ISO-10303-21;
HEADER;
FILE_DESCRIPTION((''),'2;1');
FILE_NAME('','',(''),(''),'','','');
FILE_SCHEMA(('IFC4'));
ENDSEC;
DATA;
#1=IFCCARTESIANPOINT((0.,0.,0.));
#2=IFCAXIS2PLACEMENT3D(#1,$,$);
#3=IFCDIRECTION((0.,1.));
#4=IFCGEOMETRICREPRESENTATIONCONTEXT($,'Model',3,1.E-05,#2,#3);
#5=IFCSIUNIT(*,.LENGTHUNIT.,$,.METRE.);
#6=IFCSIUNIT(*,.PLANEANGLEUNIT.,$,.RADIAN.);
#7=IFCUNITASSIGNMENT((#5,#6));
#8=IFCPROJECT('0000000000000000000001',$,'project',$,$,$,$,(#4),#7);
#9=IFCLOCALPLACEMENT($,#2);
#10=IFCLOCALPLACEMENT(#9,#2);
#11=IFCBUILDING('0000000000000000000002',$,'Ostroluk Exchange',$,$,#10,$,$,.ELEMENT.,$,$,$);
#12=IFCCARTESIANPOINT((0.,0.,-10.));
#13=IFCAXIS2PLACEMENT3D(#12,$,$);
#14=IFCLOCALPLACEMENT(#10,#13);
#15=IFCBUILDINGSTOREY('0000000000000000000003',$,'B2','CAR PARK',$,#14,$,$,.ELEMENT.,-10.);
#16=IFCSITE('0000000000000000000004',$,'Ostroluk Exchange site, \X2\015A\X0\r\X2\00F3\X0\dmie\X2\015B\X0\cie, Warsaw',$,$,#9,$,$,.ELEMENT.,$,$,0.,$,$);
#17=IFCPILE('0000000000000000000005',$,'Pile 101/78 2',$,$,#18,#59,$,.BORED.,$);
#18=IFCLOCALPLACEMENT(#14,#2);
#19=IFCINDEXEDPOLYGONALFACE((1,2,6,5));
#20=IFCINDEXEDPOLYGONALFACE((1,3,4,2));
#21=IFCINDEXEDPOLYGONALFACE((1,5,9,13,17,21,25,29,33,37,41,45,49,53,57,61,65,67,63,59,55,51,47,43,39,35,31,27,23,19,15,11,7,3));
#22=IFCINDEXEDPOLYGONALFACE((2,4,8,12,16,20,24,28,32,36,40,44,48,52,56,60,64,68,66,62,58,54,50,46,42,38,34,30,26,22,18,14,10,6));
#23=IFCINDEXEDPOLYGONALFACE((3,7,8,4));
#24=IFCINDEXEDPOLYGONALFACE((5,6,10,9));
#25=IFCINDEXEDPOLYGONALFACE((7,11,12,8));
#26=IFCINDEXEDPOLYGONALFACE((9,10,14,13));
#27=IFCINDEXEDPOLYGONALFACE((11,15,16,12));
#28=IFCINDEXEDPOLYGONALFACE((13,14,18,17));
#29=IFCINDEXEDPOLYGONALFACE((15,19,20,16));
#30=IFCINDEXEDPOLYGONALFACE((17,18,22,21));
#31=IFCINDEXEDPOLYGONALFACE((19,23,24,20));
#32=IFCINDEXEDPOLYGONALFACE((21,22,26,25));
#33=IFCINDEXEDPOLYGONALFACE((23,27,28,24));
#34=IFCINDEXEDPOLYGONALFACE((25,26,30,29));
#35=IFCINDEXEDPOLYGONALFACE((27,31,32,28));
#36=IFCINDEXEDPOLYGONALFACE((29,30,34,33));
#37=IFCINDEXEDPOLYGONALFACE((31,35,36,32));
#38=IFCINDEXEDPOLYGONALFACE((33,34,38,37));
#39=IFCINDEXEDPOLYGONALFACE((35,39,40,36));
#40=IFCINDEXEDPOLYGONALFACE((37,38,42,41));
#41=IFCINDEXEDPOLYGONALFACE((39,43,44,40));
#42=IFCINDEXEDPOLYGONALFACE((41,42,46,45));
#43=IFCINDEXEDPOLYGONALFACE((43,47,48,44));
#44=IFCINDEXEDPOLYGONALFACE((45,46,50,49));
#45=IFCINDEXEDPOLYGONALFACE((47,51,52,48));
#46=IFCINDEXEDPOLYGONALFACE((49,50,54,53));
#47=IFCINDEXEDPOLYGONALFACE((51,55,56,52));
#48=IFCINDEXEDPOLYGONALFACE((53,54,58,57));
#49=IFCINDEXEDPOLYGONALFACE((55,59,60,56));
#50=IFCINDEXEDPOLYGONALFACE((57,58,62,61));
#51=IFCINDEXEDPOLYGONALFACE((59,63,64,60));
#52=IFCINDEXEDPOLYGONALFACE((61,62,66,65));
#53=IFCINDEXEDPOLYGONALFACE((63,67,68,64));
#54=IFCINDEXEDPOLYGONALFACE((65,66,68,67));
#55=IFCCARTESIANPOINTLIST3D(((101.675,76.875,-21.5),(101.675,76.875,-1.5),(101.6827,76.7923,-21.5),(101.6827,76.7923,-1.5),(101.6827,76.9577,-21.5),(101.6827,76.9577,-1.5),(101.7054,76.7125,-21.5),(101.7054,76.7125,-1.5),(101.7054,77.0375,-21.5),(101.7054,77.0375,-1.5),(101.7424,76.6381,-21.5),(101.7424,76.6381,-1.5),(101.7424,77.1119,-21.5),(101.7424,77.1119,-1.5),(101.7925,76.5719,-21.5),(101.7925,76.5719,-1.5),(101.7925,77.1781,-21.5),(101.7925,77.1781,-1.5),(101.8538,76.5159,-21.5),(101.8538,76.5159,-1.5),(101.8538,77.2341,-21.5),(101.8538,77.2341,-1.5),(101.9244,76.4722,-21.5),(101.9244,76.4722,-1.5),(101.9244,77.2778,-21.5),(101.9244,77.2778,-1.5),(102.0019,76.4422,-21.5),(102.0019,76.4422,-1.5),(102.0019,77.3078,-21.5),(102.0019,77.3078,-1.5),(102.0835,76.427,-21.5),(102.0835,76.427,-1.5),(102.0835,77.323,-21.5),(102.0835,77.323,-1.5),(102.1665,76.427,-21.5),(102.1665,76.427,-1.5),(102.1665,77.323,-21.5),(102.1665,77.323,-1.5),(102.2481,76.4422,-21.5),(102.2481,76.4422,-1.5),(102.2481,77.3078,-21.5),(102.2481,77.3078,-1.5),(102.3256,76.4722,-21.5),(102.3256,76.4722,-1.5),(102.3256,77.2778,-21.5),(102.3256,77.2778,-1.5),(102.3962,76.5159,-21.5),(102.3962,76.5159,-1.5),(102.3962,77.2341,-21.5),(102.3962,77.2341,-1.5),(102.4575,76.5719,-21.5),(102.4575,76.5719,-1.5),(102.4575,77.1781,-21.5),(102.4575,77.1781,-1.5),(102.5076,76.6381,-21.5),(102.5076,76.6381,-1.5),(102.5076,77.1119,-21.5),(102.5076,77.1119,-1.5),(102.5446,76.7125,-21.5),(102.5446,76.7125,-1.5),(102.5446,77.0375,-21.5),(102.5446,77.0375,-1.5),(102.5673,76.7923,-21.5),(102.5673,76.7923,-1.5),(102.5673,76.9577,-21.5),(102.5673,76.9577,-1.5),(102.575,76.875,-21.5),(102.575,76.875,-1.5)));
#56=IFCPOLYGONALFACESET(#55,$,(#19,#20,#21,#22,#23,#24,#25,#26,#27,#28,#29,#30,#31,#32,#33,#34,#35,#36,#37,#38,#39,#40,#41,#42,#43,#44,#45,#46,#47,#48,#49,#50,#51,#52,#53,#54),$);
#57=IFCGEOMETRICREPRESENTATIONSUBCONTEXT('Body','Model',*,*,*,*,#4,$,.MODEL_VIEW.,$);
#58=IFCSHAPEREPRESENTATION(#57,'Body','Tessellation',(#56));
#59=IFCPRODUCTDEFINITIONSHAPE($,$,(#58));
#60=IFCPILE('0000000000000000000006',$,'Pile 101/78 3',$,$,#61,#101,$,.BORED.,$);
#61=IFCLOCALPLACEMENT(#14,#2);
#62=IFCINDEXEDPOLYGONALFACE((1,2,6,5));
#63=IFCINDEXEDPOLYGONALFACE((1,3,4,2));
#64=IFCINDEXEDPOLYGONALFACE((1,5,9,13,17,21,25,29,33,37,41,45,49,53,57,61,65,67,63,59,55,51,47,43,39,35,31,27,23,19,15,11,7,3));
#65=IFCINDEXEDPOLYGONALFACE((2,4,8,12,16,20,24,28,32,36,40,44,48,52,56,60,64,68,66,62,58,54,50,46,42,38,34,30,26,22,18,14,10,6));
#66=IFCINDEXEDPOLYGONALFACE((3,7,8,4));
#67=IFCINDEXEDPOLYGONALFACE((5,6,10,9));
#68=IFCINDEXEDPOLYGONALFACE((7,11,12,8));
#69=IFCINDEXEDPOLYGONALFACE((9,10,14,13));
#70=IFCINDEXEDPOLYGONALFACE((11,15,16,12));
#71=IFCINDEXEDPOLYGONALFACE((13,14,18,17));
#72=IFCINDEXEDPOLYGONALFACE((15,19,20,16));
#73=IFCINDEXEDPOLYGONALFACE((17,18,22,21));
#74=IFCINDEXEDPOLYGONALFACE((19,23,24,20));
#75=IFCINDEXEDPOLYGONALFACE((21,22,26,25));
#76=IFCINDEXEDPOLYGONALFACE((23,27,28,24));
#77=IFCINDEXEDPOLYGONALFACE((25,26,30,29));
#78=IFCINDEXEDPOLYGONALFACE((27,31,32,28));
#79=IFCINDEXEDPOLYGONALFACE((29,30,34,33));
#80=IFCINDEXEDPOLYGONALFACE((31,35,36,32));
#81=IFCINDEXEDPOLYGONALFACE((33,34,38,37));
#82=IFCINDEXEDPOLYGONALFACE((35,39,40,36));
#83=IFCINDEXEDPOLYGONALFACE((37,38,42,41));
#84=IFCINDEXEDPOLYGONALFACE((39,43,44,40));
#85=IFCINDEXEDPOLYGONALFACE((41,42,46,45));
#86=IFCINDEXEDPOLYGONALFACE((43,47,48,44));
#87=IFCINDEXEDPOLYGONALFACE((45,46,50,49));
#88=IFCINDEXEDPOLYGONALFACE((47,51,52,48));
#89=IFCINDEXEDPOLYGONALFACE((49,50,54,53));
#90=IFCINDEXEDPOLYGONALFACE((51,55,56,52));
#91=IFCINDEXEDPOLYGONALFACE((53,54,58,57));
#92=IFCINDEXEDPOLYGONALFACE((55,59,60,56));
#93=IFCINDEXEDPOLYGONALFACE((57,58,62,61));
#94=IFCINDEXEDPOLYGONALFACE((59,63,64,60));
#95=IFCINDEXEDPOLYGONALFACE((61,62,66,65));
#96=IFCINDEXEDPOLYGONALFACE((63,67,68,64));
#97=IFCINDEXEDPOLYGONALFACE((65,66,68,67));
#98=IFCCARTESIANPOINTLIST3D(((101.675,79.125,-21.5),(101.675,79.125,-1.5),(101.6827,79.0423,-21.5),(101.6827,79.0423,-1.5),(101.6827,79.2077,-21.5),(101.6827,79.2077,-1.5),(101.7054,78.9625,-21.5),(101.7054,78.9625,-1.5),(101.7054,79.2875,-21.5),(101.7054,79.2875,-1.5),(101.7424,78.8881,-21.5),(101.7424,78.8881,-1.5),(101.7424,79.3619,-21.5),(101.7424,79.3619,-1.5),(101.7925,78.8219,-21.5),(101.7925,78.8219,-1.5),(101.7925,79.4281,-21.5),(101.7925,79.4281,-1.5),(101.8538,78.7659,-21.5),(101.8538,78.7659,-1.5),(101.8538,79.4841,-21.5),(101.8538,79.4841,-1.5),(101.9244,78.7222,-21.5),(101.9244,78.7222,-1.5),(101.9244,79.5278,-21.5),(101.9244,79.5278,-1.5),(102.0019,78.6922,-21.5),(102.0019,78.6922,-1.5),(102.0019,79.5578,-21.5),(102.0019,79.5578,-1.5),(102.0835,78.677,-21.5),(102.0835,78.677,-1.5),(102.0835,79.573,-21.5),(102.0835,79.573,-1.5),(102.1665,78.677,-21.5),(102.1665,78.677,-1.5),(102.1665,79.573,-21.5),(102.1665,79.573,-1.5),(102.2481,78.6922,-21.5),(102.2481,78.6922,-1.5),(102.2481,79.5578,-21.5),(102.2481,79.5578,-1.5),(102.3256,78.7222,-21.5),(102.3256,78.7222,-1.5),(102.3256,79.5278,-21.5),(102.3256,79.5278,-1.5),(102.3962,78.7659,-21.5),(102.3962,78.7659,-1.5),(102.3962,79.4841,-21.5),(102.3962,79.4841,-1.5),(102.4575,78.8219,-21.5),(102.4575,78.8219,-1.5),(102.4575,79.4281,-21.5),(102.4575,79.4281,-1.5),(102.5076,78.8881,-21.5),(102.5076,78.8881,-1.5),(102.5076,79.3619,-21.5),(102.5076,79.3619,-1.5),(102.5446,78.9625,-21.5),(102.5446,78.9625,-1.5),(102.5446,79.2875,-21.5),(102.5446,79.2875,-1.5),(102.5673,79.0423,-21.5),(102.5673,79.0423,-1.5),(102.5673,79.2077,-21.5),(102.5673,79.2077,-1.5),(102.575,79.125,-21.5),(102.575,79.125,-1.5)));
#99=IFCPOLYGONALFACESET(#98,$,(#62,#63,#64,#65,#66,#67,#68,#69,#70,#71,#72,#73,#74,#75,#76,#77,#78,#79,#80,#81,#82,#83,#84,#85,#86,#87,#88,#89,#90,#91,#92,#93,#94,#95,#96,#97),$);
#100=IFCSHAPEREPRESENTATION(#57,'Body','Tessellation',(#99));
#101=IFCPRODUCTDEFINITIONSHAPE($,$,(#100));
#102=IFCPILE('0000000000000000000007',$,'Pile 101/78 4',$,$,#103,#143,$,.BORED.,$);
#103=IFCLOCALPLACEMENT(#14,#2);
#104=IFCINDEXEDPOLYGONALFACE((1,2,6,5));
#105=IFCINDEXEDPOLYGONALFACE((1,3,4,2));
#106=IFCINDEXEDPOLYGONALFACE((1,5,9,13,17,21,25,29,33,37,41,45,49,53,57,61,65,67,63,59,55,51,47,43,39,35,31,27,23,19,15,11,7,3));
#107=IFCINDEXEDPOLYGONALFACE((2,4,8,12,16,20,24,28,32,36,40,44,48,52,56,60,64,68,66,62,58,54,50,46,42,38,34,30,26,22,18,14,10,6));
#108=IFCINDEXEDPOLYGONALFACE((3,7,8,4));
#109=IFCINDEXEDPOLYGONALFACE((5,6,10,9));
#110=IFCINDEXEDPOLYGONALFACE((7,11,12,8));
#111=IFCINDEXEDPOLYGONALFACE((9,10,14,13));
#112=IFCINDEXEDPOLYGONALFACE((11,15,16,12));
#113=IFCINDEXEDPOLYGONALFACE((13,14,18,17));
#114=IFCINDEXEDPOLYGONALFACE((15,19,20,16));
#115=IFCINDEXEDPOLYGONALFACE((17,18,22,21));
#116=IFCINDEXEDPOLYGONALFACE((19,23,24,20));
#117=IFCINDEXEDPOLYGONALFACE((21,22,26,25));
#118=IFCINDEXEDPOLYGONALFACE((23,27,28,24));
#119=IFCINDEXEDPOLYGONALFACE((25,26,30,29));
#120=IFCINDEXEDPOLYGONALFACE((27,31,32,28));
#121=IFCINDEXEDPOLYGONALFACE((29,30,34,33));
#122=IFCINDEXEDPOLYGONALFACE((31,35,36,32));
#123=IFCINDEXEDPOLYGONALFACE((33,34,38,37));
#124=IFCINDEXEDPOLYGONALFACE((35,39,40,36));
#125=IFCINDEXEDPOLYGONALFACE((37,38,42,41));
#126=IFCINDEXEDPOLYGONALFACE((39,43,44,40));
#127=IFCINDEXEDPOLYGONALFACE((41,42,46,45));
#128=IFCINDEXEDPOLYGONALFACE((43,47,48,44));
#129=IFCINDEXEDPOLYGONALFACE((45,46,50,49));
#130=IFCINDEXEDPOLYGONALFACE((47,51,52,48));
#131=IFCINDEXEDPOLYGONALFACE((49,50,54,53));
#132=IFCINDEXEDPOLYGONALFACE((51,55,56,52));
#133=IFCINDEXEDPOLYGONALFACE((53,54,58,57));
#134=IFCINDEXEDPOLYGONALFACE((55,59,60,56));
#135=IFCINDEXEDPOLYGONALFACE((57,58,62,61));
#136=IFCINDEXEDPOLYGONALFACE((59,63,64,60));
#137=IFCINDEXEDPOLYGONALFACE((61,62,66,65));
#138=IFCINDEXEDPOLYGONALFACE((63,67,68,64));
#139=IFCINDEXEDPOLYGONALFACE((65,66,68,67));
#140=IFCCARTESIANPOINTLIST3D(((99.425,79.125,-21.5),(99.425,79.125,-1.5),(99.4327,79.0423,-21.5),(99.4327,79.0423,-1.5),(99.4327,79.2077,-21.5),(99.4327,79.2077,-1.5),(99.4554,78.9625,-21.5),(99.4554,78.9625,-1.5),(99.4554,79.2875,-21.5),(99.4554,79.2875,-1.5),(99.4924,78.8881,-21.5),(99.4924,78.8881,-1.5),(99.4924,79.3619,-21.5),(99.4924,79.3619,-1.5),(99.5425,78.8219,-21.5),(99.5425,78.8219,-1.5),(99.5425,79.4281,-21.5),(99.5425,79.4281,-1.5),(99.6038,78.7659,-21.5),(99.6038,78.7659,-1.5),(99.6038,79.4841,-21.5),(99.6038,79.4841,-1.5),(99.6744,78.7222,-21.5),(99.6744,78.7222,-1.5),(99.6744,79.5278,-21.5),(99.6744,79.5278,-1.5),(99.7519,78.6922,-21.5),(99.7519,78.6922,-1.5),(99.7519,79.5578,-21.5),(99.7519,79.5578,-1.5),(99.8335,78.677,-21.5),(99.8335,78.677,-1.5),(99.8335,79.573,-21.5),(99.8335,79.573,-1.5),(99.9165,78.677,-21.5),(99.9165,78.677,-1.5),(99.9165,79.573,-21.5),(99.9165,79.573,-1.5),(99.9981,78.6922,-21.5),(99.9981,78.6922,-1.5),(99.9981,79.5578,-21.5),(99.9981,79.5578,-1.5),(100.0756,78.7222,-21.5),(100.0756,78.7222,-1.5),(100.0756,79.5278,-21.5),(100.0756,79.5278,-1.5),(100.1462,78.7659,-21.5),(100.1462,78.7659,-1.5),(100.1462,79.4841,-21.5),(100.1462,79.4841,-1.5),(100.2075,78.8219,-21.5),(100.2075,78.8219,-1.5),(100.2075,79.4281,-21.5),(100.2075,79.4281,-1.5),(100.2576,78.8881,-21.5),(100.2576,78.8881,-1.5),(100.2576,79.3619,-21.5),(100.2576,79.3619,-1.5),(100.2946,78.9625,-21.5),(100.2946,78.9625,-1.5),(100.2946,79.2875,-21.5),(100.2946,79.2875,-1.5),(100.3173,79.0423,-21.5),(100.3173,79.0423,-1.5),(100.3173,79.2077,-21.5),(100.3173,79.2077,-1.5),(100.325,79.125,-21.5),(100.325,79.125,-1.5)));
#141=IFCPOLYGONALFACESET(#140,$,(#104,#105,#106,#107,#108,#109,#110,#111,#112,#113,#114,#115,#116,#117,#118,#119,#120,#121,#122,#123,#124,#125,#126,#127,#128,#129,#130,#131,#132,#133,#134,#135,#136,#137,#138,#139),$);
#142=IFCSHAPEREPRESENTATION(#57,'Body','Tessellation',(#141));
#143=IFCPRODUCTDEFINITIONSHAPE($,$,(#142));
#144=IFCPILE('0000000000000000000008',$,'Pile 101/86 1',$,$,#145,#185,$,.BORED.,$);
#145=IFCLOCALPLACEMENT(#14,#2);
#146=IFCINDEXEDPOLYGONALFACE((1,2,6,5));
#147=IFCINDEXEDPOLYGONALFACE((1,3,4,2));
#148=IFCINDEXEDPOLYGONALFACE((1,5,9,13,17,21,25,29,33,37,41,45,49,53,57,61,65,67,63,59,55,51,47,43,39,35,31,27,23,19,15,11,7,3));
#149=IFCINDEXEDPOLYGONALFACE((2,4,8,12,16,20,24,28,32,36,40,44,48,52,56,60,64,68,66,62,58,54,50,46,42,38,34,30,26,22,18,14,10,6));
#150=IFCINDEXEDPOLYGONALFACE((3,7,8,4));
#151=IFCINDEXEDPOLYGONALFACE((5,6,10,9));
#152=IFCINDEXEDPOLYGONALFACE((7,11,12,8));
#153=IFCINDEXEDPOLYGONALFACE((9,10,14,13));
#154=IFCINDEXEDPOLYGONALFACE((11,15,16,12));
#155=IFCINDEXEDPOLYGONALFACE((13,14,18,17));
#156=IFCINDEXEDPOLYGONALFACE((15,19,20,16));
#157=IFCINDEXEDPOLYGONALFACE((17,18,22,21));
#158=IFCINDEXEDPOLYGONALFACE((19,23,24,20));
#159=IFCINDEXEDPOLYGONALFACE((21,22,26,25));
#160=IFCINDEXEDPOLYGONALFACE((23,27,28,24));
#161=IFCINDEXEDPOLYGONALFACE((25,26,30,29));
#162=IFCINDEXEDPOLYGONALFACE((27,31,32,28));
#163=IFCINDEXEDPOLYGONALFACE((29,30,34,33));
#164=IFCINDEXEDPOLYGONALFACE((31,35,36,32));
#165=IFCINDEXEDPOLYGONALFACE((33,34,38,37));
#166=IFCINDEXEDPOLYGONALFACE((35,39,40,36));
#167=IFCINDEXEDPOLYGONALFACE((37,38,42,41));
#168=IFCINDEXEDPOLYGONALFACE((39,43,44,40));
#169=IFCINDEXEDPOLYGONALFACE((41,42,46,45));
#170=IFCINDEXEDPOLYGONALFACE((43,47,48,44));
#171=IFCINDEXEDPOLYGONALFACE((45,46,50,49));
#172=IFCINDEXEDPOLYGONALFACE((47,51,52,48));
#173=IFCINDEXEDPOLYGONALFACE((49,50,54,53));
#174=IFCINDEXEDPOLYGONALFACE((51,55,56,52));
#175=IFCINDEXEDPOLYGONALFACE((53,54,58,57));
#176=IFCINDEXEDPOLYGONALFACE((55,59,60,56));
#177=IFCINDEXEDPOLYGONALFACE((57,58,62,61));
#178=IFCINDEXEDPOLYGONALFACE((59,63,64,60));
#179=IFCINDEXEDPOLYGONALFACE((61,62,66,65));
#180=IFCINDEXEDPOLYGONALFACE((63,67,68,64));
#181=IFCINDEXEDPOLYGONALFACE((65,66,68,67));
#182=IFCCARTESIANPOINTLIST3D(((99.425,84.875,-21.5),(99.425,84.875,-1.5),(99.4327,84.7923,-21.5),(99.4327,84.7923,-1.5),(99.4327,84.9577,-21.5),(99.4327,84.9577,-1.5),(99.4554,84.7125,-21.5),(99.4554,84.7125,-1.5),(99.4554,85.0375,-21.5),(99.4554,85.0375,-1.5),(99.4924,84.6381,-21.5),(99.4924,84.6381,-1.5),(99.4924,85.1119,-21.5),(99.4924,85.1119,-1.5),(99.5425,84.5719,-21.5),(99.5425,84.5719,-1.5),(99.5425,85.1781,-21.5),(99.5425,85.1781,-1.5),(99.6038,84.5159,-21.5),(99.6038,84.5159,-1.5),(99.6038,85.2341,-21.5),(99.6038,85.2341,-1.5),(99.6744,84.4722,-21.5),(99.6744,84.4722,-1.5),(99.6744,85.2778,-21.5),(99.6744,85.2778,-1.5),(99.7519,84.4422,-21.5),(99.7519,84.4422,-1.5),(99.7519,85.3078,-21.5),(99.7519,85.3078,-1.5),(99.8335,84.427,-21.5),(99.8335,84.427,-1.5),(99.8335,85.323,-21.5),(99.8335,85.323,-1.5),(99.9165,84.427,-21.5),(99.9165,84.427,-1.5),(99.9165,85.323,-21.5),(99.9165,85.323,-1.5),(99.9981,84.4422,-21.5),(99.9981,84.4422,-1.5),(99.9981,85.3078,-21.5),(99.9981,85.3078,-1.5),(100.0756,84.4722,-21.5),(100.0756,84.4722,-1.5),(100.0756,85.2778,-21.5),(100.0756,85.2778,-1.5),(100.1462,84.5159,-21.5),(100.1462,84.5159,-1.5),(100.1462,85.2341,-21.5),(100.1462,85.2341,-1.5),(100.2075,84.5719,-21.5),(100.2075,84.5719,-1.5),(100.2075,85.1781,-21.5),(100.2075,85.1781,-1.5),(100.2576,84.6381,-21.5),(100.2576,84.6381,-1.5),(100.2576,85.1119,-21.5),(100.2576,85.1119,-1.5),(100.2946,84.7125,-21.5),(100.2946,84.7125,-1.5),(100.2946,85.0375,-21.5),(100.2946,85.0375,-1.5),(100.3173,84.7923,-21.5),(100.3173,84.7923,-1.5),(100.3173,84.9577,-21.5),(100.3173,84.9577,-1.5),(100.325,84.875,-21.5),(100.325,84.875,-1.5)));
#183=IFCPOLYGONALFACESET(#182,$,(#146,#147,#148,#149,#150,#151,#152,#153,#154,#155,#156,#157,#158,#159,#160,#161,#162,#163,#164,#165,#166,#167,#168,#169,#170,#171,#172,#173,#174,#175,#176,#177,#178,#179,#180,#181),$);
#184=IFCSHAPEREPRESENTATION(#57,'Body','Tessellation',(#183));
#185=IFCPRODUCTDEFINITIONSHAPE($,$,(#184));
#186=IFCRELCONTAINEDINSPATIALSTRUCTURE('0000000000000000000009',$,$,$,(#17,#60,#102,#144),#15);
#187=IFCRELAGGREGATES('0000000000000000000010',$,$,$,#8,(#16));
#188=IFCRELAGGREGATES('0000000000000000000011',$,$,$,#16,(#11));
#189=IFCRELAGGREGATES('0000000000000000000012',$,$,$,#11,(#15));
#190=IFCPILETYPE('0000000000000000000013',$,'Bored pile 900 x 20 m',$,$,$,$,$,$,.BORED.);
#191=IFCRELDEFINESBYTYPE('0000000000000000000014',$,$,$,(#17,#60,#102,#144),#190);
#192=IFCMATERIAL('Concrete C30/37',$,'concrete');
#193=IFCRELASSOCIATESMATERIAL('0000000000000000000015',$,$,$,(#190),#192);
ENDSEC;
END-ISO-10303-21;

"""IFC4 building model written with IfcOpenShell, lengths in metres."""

from ifc_helpers import new_model, si_unit, direction, frame, origin, origin_2d, place, context, subcontext, project, spatial, circle, extrude, material, type_object, element, save


model = new_model("IFC4")

# Units and contexts
model_context = context("Model", 3, precision=1e-05, world=origin(), true_north=direction((0.0, 1.0)))
body_context = subcontext(model_context, "Body", "Model", "MODEL_VIEW")
ifc_project = project(units=[si_unit("LENGTHUNIT", "METRE"), si_unit("PLANEANGLEUNIT", "RADIAN")], contexts=[model_context])

# Site, building, storey
site_placement = place(None, origin())
site = spatial("IfcSite", under=ifc_project, at=site_placement, Name="Ostroluk Exchange site, Śródmieście, Warsaw", CompositionType="ELEMENT", RefElevation=0.0)
building_placement = place(site_placement, origin())
building = spatial("IfcBuilding", under=site, at=building_placement, Name="Ostroluk Exchange", CompositionType="ELEMENT")
storey_placement = place(building_placement, frame((0.0, 0.0, -10.0)))
storey = spatial("IfcBuildingStorey", under=building, at=storey_placement, Name="B2", Description="CAR PARK", CompositionType="ELEMENT", Elevation=-10.0)

# Piles
ifc_material_1 = material(Name="Concrete C30/37", Category="concrete")
pile_type = type_object("IfcPileType", Name="Bored pile 900 x 20 m", PredefinedType="BORED", material=ifc_material_1)
for number, where, z_axis, x_axis, name in (
    (1, (102.125, 76.875, -1.5), (0.0, 0.0, -1.0), (1.0, 0.0, 0.0), "Pile 101/78 2"),
    (2, (102.125, 79.125, -1.5), (0.0, 0.0, -1.0), (1.0, 0.0, 0.0), "Pile 101/78 3"),
    (3, (99.875, 79.125, -1.5), (0.0, 0.0, -1.0), (1.0, 0.0, 0.0), "Pile 101/78 4"),
    (4, (99.875, 84.875, -1.5), (0.0, 0.0, -1.0), (1.0, 0.0, 0.0), "Pile 101/86 1"),
):
    element("IfcPile", number, at=place(storey_placement, frame(where, z_axis=z_axis, x_axis=x_axis)), inside=storey, type_object=pile_type, Name=name, PredefinedType="BORED", context=body_context, shape_type="SweptSolid", body=[
        extrude(circle(Radius=0.45, at=origin_2d()), origin(), (0.0, 0.0, 1.0), 20.0),
    ])

save(model, "model.ifc")
